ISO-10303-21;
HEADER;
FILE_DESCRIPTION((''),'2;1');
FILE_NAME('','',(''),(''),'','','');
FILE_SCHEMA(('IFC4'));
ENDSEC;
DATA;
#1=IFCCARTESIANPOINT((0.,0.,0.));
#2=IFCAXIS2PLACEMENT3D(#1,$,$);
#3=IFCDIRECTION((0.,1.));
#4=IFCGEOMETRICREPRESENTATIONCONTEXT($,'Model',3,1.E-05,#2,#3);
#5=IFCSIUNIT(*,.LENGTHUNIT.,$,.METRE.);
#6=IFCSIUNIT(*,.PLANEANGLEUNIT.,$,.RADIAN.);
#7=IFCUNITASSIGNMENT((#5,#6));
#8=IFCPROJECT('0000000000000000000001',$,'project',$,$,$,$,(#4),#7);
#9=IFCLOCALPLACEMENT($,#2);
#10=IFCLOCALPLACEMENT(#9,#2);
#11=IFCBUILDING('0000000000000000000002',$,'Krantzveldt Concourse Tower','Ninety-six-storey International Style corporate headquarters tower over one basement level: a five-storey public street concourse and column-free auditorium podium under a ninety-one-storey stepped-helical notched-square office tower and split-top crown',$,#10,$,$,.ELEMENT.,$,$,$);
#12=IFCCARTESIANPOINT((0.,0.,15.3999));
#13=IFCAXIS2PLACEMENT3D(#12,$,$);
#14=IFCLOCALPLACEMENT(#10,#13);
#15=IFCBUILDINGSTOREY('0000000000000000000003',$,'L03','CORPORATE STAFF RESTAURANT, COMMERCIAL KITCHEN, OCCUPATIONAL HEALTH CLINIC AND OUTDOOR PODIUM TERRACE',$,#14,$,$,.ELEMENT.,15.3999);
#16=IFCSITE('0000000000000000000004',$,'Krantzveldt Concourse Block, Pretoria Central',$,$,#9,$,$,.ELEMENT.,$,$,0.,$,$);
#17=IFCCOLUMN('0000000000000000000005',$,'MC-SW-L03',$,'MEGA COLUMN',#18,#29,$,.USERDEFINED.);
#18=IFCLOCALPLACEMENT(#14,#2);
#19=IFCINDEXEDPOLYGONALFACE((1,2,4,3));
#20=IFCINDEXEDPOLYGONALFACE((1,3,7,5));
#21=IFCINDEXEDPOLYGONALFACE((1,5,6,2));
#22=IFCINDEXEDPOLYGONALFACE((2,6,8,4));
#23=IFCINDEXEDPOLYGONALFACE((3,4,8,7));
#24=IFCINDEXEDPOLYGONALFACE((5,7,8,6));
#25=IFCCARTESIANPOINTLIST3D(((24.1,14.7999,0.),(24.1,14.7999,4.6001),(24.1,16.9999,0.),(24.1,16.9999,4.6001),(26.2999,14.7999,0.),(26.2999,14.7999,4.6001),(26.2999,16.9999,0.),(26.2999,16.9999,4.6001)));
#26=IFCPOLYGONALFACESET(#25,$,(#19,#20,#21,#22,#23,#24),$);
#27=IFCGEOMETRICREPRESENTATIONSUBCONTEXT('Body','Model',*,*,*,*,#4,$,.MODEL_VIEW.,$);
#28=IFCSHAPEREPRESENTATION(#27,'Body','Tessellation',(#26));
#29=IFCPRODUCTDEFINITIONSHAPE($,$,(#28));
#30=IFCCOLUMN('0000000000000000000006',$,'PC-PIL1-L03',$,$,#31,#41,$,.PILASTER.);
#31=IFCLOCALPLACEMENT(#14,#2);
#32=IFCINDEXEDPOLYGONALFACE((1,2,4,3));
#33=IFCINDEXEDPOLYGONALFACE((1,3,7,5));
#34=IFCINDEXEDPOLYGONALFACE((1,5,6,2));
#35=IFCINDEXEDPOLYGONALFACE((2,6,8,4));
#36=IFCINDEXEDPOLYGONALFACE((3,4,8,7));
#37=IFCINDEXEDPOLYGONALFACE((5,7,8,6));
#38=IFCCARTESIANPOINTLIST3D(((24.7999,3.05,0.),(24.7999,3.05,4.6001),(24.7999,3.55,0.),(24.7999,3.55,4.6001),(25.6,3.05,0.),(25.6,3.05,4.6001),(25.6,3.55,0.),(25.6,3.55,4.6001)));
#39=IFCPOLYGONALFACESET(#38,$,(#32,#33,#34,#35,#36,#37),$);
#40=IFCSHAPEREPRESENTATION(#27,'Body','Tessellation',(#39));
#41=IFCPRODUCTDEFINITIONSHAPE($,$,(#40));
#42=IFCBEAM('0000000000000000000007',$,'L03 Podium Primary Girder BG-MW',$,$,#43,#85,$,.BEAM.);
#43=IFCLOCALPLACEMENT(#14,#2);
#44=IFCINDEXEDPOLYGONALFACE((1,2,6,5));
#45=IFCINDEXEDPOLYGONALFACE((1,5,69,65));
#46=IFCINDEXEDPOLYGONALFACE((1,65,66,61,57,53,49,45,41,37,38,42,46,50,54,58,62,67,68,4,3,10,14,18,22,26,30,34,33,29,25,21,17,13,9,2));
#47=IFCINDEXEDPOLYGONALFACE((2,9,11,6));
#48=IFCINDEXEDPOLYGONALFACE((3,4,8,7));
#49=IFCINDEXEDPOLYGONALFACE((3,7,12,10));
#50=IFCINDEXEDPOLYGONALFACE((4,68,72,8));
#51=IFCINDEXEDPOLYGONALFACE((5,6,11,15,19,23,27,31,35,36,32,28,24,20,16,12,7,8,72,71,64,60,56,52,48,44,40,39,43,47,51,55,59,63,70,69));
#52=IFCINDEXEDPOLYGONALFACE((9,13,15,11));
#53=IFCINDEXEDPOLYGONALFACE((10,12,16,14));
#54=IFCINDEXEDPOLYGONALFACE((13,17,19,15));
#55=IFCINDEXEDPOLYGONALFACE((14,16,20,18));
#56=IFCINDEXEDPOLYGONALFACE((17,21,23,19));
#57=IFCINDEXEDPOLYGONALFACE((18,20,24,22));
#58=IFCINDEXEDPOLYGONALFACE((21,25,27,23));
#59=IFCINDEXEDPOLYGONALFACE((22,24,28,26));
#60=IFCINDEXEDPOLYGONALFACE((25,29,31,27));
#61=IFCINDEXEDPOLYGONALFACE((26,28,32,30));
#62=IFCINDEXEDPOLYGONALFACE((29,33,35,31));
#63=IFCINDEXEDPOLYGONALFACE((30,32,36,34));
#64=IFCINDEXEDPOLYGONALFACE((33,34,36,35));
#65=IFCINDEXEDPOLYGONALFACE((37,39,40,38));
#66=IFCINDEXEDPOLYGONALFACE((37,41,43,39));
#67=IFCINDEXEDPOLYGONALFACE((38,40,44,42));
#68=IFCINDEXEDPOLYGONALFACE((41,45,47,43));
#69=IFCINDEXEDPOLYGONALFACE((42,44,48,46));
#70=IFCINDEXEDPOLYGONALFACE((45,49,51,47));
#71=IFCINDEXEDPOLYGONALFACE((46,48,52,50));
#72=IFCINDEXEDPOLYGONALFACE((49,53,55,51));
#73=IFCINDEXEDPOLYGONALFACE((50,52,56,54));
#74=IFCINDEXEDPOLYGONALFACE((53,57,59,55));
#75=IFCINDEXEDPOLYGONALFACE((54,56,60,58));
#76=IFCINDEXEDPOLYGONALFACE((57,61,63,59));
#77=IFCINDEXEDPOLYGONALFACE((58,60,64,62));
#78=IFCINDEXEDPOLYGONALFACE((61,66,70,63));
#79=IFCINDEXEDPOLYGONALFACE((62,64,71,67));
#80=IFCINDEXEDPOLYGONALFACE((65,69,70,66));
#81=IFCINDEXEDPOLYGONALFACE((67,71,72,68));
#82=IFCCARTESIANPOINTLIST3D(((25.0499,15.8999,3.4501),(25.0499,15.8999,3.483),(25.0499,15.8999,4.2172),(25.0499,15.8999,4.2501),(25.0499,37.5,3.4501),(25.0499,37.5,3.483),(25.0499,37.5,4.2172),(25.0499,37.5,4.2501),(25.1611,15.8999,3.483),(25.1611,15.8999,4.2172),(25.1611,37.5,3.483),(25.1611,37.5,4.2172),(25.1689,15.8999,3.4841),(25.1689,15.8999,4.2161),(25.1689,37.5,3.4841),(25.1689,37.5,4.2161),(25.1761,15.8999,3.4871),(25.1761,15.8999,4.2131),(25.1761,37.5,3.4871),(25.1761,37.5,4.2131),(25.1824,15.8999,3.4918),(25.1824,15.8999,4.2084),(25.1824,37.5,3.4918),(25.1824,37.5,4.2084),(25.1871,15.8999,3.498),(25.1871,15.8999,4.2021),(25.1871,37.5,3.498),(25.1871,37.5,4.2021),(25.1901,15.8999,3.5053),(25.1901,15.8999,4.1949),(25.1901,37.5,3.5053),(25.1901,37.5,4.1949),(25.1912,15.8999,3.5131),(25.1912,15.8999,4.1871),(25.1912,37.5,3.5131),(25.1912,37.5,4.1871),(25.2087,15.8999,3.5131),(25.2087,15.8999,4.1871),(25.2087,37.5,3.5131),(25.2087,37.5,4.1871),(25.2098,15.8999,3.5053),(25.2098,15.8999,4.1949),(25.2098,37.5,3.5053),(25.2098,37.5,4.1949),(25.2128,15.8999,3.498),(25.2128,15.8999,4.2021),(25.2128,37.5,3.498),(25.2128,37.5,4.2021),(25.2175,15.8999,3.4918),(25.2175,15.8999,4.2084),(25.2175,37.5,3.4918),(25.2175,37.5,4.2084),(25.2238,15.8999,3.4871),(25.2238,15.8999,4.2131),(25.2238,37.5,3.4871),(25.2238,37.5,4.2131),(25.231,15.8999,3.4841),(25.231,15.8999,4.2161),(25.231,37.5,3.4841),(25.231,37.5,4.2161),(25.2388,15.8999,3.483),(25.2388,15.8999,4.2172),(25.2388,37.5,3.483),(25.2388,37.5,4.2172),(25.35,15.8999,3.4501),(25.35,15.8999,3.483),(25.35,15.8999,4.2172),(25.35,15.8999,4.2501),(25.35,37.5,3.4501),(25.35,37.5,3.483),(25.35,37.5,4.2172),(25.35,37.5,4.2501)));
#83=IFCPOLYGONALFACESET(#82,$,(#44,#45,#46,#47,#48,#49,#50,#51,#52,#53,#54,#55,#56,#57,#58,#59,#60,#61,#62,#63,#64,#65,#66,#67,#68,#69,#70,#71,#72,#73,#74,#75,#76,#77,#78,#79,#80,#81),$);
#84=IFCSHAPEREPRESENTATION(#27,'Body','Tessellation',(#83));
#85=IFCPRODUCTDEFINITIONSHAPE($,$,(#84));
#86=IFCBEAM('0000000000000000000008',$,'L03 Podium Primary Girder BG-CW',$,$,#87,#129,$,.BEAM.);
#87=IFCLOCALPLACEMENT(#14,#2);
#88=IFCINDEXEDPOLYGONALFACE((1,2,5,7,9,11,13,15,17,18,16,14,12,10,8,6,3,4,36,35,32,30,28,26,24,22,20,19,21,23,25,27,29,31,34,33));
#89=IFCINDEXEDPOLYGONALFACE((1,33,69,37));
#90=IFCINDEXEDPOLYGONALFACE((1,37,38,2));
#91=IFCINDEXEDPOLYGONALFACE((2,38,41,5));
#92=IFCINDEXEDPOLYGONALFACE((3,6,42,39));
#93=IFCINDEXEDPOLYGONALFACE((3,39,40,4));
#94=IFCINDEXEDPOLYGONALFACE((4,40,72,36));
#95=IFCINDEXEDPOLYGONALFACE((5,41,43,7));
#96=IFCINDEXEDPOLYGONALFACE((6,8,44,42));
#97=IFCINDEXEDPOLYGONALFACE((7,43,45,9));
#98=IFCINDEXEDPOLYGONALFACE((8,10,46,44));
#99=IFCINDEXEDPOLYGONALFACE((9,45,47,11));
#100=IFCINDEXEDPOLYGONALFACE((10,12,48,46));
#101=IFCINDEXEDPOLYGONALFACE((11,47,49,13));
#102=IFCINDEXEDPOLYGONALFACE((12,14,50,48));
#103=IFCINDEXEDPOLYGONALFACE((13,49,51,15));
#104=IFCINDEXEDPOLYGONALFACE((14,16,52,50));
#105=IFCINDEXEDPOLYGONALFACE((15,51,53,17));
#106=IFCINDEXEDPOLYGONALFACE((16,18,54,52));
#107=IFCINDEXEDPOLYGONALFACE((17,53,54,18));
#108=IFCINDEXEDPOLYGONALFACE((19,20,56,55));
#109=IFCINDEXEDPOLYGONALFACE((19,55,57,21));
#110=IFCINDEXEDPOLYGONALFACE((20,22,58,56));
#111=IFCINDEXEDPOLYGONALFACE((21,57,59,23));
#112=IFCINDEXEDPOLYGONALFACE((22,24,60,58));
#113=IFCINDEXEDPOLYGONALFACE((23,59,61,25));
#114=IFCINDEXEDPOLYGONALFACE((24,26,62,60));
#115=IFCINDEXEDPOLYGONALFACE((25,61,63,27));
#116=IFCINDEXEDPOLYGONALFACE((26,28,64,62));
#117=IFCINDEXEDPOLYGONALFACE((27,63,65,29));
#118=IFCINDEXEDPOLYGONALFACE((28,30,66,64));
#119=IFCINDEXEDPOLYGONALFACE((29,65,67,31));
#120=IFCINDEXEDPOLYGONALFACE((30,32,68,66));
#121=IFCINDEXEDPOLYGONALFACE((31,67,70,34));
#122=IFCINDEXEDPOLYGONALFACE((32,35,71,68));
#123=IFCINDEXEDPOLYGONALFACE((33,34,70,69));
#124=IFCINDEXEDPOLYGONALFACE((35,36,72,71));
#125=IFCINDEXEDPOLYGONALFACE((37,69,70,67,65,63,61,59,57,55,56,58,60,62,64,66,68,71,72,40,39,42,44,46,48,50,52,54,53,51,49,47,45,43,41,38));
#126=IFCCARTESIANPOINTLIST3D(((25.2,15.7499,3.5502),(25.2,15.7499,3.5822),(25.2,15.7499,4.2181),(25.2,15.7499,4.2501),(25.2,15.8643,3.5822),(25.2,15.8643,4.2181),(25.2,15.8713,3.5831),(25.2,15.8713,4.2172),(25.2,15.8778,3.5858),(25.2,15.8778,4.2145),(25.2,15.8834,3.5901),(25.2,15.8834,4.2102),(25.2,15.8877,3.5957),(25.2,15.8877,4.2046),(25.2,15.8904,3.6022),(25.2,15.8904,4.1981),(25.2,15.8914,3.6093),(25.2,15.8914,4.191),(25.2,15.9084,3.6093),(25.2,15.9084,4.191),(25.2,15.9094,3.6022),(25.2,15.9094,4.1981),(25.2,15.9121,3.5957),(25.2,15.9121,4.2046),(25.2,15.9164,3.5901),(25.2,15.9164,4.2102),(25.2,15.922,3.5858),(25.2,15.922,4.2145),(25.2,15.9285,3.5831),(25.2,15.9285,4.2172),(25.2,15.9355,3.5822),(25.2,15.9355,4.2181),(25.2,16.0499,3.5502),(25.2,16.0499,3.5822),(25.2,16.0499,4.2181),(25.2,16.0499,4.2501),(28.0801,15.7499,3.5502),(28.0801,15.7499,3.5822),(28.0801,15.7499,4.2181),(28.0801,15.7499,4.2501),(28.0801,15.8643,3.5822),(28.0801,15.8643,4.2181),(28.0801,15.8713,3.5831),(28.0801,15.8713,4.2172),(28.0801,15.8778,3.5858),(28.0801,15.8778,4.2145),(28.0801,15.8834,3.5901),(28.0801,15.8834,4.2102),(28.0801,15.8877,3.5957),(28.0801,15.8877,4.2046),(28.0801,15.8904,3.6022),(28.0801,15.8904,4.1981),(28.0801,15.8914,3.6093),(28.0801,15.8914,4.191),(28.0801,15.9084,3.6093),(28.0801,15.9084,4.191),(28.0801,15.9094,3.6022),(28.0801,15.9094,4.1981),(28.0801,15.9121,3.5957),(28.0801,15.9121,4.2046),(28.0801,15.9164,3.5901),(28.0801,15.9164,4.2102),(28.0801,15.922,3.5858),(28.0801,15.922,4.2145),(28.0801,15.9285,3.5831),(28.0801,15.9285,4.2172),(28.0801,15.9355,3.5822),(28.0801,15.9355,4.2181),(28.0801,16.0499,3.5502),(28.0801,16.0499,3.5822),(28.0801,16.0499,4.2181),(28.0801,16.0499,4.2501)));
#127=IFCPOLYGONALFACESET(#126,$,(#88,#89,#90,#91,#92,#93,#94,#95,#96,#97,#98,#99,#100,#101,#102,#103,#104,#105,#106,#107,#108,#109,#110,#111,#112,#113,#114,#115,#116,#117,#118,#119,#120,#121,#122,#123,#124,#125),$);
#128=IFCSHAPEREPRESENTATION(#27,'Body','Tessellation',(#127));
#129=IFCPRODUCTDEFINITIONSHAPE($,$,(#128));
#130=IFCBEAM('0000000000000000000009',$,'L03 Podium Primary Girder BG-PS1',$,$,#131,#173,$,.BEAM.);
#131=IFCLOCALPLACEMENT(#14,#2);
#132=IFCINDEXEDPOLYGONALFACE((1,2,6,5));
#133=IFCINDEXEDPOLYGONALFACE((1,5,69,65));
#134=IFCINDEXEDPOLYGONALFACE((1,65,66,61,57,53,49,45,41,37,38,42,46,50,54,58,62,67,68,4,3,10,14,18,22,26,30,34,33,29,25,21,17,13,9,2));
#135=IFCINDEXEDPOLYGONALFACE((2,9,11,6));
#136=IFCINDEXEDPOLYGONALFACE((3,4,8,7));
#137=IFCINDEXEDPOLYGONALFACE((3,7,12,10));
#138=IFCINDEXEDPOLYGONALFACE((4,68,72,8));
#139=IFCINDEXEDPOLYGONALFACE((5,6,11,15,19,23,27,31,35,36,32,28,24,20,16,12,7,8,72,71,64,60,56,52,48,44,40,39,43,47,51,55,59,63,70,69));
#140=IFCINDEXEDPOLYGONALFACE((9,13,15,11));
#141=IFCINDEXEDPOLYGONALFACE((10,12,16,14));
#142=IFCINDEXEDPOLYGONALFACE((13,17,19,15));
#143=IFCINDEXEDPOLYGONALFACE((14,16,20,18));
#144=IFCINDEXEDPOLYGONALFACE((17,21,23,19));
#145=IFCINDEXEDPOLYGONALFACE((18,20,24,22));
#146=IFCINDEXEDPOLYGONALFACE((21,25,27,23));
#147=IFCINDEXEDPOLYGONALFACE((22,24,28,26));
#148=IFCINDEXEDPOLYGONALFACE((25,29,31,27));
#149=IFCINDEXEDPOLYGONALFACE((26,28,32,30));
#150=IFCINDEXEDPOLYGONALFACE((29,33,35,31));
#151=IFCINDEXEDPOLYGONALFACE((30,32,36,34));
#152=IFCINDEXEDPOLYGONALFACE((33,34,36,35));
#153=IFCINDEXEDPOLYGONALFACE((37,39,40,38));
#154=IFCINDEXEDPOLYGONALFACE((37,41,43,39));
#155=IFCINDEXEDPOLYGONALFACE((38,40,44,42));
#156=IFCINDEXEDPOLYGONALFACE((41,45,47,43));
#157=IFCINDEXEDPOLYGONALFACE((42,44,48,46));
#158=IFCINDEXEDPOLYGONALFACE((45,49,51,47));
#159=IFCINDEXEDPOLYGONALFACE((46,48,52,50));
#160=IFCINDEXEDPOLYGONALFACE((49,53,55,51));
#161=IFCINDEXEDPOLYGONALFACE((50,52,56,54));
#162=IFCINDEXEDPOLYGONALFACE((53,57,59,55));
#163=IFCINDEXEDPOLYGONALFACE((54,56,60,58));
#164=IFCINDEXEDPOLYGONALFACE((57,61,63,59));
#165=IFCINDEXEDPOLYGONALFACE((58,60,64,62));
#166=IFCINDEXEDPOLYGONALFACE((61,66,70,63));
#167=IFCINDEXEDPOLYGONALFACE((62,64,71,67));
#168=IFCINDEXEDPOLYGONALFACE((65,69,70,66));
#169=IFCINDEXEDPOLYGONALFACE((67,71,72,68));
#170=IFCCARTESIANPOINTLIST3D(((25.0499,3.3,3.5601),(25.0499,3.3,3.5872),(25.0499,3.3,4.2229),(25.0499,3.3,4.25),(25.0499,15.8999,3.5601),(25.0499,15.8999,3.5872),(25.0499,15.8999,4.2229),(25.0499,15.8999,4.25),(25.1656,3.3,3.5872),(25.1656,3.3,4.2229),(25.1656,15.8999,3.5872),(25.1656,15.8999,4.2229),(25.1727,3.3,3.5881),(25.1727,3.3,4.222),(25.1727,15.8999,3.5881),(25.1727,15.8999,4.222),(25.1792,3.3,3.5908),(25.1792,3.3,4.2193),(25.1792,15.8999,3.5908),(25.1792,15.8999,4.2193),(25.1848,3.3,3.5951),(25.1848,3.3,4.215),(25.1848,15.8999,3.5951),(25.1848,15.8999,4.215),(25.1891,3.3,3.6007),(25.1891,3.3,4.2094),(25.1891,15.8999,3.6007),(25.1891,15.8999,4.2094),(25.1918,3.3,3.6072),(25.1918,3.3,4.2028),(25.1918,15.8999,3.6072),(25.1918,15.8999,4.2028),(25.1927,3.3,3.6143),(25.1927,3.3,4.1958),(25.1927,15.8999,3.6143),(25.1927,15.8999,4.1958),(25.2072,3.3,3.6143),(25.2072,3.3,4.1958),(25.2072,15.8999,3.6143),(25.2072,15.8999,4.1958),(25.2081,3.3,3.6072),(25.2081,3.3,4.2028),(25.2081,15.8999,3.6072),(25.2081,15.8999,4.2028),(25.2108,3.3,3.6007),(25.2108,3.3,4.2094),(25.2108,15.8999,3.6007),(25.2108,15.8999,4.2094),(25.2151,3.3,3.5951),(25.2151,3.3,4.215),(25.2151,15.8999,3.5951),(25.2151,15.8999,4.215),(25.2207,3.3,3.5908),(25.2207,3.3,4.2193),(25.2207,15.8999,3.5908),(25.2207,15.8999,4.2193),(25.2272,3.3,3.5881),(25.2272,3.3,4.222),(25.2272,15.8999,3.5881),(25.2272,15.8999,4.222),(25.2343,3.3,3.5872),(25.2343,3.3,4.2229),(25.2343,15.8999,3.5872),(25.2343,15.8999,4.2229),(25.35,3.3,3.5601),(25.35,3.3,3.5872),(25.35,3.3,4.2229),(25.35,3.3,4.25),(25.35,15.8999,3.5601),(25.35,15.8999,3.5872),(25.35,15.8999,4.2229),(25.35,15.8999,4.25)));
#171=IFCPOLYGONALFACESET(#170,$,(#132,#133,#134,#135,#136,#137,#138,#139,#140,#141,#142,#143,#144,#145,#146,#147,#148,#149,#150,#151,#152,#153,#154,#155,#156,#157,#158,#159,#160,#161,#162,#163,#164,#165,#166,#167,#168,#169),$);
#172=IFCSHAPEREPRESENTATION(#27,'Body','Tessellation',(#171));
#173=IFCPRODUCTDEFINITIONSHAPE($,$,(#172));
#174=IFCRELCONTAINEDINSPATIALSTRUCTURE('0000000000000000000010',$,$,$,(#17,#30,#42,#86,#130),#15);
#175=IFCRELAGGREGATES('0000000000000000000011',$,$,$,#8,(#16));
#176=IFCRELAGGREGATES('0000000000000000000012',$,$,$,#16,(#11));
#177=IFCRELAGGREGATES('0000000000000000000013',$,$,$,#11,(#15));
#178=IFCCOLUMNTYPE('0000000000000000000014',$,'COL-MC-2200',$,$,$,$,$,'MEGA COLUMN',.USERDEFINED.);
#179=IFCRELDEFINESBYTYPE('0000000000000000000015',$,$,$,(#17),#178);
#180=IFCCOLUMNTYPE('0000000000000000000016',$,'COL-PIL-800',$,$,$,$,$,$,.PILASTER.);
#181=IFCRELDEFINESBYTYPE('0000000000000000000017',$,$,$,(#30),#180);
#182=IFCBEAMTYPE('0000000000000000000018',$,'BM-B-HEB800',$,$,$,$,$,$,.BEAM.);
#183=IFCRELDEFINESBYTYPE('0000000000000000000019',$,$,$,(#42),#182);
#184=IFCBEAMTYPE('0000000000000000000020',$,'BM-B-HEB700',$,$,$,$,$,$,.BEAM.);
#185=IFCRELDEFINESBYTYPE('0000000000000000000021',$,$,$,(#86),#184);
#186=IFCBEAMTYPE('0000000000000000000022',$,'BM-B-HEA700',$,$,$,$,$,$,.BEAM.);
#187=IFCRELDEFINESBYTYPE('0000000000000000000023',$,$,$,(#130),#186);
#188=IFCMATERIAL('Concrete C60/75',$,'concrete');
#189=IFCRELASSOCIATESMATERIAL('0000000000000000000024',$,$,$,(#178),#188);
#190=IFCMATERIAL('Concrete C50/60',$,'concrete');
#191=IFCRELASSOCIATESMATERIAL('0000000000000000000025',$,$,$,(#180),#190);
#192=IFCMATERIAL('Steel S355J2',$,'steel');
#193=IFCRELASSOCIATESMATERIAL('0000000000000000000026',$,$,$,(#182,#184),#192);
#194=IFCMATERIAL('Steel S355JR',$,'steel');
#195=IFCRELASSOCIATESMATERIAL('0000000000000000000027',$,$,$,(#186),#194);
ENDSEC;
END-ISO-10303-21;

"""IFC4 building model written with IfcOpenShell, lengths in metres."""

from ifc_helpers import new_model, si_unit, direction, frame, origin, origin_2d, place, context, subcontext, project, spatial, rectangle, i_section, extrude, source, transform, mapped, material, material_profile, profile_set, type_object, type_shapes, element, save


model = new_model("IFC4")

# Units and contexts
model_context = context("Model", 3, precision=1e-05, world=origin(), true_north=direction((0.0, 1.0)))
body_context = subcontext(model_context, "Body", "Model", "MODEL_VIEW")
ifc_project = project(units=[si_unit("LENGTHUNIT", "METRE"), si_unit("PLANEANGLEUNIT", "RADIAN")], contexts=[model_context])

# Site, building, storey
site_placement = place(None, origin())
site = spatial("IfcSite", under=ifc_project, at=site_placement, Name="Krantzveldt Concourse Block, Pretoria Central", CompositionType="ELEMENT", RefElevation=0.0)
building_placement = place(site_placement, origin())
building = spatial("IfcBuilding", under=site, at=building_placement, Name="Krantzveldt Concourse Tower", Description="Ninety-six-storey International Style corporate headquarters tower over one basement level: a five-storey public street concourse and column-free auditorium podium under a ninety-one-storey stepped-helical notched-square office tower and split-top crown", CompositionType="ELEMENT")
storey_placement = place(building_placement, frame((0.0, 0.0, 15.3999)))
storey = spatial("IfcBuildingStorey", under=building, at=storey_placement, Name="L03", Description="CORPORATE STAFF RESTAURANT, COMMERCIAL KITCHEN, OCCUPATIONAL HEALTH CLINIC AND OUTDOOR PODIUM TERRACE", CompositionType="ELEMENT", Elevation=15.3999)

# Columns
ifc_material_1 = material(Name="Concrete C60/75", Category="concrete")
ifc_material_profile_1 = material_profile(ifc_material_1, rectangle(XDim=2.2, YDim=2.2, at=origin_2d()), Name="Concrete C60/75", Category="concrete")
ifc_profile_set_1 = profile_set([ifc_material_profile_1], Name="Concrete C60/75 - RC 2200x2200")
column_type_1 = type_object("IfcColumnType", Name="COL-MC-2200", ElementType="MEGA COLUMN", PredefinedType="USERDEFINED", material=ifc_profile_set_1)
shared_shape_1 = source(origin(), body_context, "Body", "SweptSolid", [
    extrude(rectangle(XDim=2.2, YDim=2.2, at=origin_2d()), origin(), (0.0, 0.0, 1.0), 4.6001),
])
type_shapes(column_type_1, [shared_shape_1])
column_1_placement = place(storey_placement, frame((25.2, 15.8999, 0.0), z_axis=(0.0, 0.0, 1.0), x_axis=(1.0, 0.0, 0.0)))
element("IfcColumn", 1, at=column_1_placement, inside=storey, type_object=column_type_1, Name="MC-SW-L03", ObjectType="MEGA COLUMN", PredefinedType="USERDEFINED", context=body_context, shape_type="MappedRepresentation", body=[
    mapped(shared_shape_1, transform((0.0, 0.0, 0.0), x_axis=(1.0, 0.0, 0.0), y_axis=(0.0, 1.0, 0.0), z_axis=(0.0, 0.0, 1.0), scale=1.0)),
])
ifc_material_2 = material(Name="Concrete C50/60", Category="concrete")
ifc_material_profile_2 = material_profile(ifc_material_2, rectangle(XDim=0.8, YDim=0.5, at=origin_2d()), Name="Concrete C50/60", Category="concrete")
ifc_profile_set_2 = profile_set([ifc_material_profile_2], Name="Concrete C50/60 - RC-PIL 800x500")
column_type_2 = type_object("IfcColumnType", Name="COL-PIL-800", PredefinedType="PILASTER", material=ifc_profile_set_2)
shared_shape_2 = source(origin(), body_context, "Body", "SweptSolid", [
    extrude(rectangle(XDim=0.8, YDim=0.5, at=origin_2d()), origin(), (0.0, 0.0, 1.0), 4.6001),
])
type_shapes(column_type_2, [shared_shape_2])
column_2_placement = place(storey_placement, frame((25.2, 3.3, 0.0), z_axis=(0.0, 0.0, 1.0), x_axis=(1.0, 0.0, 0.0)))
element("IfcColumn", 2, at=column_2_placement, inside=storey, type_object=column_type_2, Name="PC-PIL1-L03", PredefinedType="PILASTER", context=body_context, shape_type="MappedRepresentation", body=[
    mapped(shared_shape_2, transform((0.0, 0.0, 0.0), x_axis=(1.0, 0.0, 0.0), y_axis=(0.0, 1.0, 0.0), z_axis=(0.0, 0.0, 1.0), scale=1.0)),
])

# Beams
ifc_material_3 = material(Name="Steel S355J2", Category="steel")
ifc_material_profile_3 = material_profile(ifc_material_3, i_section(OverallWidth=0.3, OverallDepth=0.8, WebThickness=0.0176, FlangeThickness=0.033, FilletRadius=0.03, at=origin_2d()), Name="Steel S355J2", Category="steel")
ifc_profile_set_3 = profile_set([ifc_material_profile_3], Name="Steel S355J2 - HEB 800")
beam_type_1 = type_object("IfcBeamType", Name="BM-B-HEB800", PredefinedType="BEAM", material=ifc_profile_set_3)
shared_shape_3 = source(origin(), body_context, "Body", "SweptSolid", [
    extrude(i_section(OverallWidth=0.3, OverallDepth=0.8, WebThickness=0.0176, FlangeThickness=0.033, FilletRadius=0.03, at=origin_2d()), origin(), (0.0, 0.0, 1.0), 21.6001),
])
type_shapes(beam_type_1, [shared_shape_3])
beam_1_placement = place(storey_placement, frame((25.2, 15.8999, 3.8501), z_axis=(0.0, 1.0, 0.0), x_axis=(-1.0, 0.0, 0.0)))
element("IfcBeam", 3, at=beam_1_placement, inside=storey, type_object=beam_type_1, Name="L03 Podium Primary Girder BG-MW", PredefinedType="BEAM", context=body_context, shape_type="MappedRepresentation", body=[
    mapped(shared_shape_3, transform((0.0, 0.0, 0.0), x_axis=(1.0, 0.0, 0.0), y_axis=(0.0, 1.0, 0.0), z_axis=(0.0, 0.0, 1.0), scale=1.0)),
])
ifc_material_profile_4 = material_profile(ifc_material_3, i_section(OverallWidth=0.3, OverallDepth=0.7, WebThickness=0.0171, FlangeThickness=0.032, FilletRadius=0.0271, at=origin_2d()), Name="Steel S355J2", Category="steel")
ifc_profile_set_4 = profile_set([ifc_material_profile_4], Name="Steel S355J2 - HEB 700")
beam_type_2 = type_object("IfcBeamType", Name="BM-B-HEB700", PredefinedType="BEAM", material=ifc_profile_set_4)
shared_shape_4 = source(origin(), body_context, "Body", "SweptSolid", [
    extrude(i_section(OverallWidth=0.3, OverallDepth=0.7, WebThickness=0.0171, FlangeThickness=0.032, FilletRadius=0.0271, at=origin_2d()), origin(), (0.0, 0.0, 1.0), 2.8801),
])
type_shapes(beam_type_2, [shared_shape_4])
beam_2_placement = place(storey_placement, frame((25.2, 15.8999, 3.9001), z_axis=(1.0, 0.0, 0.0), x_axis=(0.0, 1.0, 0.0)))
element("IfcBeam", 4, at=beam_2_placement, inside=storey, type_object=beam_type_2, Name="L03 Podium Primary Girder BG-CW", PredefinedType="BEAM", context=body_context, shape_type="MappedRepresentation", body=[
    mapped(shared_shape_4, transform((0.0, 0.0, 0.0), x_axis=(1.0, 0.0, 0.0), y_axis=(0.0, 1.0, 0.0), z_axis=(0.0, 0.0, 1.0), scale=1.0)),
])
ifc_material_4 = material(Name="Steel S355JR", Category="steel")
ifc_material_profile_5 = material_profile(ifc_material_4, i_section(OverallWidth=0.3, OverallDepth=0.6899, WebThickness=0.0144, FlangeThickness=0.0271, FilletRadius=0.0271, at=origin_2d()), Name="Steel S355JR", Category="steel")
ifc_profile_set_5 = profile_set([ifc_material_profile_5], Name="Steel S355JR - HEA 700")
beam_type_3 = type_object("IfcBeamType", Name="BM-B-HEA700", PredefinedType="BEAM", material=ifc_profile_set_5)
shared_shape_5 = source(origin(), body_context, "Body", "SweptSolid", [
    extrude(i_section(OverallWidth=0.3, OverallDepth=0.6899, WebThickness=0.0144, FlangeThickness=0.0271, FilletRadius=0.0271, at=origin_2d()), origin(), (0.0, 0.0, 1.0), 12.5999),
])
type_shapes(beam_type_3, [shared_shape_5])
beam_3_placement = place(storey_placement, frame((25.2, 3.3, 3.905), z_axis=(0.0, 1.0, 0.0), x_axis=(-1.0, 0.0, 0.0)))
element("IfcBeam", 5, at=beam_3_placement, inside=storey, type_object=beam_type_3, Name="L03 Podium Primary Girder BG-PS1", PredefinedType="BEAM", context=body_context, shape_type="MappedRepresentation", body=[
    mapped(shared_shape_5, transform((0.0, 0.0, 0.0), x_axis=(1.0, 0.0, 0.0), y_axis=(0.0, 1.0, 0.0), z_axis=(0.0, 0.0, 1.0), scale=1.0)),
])

save(model, "model.ifc")
